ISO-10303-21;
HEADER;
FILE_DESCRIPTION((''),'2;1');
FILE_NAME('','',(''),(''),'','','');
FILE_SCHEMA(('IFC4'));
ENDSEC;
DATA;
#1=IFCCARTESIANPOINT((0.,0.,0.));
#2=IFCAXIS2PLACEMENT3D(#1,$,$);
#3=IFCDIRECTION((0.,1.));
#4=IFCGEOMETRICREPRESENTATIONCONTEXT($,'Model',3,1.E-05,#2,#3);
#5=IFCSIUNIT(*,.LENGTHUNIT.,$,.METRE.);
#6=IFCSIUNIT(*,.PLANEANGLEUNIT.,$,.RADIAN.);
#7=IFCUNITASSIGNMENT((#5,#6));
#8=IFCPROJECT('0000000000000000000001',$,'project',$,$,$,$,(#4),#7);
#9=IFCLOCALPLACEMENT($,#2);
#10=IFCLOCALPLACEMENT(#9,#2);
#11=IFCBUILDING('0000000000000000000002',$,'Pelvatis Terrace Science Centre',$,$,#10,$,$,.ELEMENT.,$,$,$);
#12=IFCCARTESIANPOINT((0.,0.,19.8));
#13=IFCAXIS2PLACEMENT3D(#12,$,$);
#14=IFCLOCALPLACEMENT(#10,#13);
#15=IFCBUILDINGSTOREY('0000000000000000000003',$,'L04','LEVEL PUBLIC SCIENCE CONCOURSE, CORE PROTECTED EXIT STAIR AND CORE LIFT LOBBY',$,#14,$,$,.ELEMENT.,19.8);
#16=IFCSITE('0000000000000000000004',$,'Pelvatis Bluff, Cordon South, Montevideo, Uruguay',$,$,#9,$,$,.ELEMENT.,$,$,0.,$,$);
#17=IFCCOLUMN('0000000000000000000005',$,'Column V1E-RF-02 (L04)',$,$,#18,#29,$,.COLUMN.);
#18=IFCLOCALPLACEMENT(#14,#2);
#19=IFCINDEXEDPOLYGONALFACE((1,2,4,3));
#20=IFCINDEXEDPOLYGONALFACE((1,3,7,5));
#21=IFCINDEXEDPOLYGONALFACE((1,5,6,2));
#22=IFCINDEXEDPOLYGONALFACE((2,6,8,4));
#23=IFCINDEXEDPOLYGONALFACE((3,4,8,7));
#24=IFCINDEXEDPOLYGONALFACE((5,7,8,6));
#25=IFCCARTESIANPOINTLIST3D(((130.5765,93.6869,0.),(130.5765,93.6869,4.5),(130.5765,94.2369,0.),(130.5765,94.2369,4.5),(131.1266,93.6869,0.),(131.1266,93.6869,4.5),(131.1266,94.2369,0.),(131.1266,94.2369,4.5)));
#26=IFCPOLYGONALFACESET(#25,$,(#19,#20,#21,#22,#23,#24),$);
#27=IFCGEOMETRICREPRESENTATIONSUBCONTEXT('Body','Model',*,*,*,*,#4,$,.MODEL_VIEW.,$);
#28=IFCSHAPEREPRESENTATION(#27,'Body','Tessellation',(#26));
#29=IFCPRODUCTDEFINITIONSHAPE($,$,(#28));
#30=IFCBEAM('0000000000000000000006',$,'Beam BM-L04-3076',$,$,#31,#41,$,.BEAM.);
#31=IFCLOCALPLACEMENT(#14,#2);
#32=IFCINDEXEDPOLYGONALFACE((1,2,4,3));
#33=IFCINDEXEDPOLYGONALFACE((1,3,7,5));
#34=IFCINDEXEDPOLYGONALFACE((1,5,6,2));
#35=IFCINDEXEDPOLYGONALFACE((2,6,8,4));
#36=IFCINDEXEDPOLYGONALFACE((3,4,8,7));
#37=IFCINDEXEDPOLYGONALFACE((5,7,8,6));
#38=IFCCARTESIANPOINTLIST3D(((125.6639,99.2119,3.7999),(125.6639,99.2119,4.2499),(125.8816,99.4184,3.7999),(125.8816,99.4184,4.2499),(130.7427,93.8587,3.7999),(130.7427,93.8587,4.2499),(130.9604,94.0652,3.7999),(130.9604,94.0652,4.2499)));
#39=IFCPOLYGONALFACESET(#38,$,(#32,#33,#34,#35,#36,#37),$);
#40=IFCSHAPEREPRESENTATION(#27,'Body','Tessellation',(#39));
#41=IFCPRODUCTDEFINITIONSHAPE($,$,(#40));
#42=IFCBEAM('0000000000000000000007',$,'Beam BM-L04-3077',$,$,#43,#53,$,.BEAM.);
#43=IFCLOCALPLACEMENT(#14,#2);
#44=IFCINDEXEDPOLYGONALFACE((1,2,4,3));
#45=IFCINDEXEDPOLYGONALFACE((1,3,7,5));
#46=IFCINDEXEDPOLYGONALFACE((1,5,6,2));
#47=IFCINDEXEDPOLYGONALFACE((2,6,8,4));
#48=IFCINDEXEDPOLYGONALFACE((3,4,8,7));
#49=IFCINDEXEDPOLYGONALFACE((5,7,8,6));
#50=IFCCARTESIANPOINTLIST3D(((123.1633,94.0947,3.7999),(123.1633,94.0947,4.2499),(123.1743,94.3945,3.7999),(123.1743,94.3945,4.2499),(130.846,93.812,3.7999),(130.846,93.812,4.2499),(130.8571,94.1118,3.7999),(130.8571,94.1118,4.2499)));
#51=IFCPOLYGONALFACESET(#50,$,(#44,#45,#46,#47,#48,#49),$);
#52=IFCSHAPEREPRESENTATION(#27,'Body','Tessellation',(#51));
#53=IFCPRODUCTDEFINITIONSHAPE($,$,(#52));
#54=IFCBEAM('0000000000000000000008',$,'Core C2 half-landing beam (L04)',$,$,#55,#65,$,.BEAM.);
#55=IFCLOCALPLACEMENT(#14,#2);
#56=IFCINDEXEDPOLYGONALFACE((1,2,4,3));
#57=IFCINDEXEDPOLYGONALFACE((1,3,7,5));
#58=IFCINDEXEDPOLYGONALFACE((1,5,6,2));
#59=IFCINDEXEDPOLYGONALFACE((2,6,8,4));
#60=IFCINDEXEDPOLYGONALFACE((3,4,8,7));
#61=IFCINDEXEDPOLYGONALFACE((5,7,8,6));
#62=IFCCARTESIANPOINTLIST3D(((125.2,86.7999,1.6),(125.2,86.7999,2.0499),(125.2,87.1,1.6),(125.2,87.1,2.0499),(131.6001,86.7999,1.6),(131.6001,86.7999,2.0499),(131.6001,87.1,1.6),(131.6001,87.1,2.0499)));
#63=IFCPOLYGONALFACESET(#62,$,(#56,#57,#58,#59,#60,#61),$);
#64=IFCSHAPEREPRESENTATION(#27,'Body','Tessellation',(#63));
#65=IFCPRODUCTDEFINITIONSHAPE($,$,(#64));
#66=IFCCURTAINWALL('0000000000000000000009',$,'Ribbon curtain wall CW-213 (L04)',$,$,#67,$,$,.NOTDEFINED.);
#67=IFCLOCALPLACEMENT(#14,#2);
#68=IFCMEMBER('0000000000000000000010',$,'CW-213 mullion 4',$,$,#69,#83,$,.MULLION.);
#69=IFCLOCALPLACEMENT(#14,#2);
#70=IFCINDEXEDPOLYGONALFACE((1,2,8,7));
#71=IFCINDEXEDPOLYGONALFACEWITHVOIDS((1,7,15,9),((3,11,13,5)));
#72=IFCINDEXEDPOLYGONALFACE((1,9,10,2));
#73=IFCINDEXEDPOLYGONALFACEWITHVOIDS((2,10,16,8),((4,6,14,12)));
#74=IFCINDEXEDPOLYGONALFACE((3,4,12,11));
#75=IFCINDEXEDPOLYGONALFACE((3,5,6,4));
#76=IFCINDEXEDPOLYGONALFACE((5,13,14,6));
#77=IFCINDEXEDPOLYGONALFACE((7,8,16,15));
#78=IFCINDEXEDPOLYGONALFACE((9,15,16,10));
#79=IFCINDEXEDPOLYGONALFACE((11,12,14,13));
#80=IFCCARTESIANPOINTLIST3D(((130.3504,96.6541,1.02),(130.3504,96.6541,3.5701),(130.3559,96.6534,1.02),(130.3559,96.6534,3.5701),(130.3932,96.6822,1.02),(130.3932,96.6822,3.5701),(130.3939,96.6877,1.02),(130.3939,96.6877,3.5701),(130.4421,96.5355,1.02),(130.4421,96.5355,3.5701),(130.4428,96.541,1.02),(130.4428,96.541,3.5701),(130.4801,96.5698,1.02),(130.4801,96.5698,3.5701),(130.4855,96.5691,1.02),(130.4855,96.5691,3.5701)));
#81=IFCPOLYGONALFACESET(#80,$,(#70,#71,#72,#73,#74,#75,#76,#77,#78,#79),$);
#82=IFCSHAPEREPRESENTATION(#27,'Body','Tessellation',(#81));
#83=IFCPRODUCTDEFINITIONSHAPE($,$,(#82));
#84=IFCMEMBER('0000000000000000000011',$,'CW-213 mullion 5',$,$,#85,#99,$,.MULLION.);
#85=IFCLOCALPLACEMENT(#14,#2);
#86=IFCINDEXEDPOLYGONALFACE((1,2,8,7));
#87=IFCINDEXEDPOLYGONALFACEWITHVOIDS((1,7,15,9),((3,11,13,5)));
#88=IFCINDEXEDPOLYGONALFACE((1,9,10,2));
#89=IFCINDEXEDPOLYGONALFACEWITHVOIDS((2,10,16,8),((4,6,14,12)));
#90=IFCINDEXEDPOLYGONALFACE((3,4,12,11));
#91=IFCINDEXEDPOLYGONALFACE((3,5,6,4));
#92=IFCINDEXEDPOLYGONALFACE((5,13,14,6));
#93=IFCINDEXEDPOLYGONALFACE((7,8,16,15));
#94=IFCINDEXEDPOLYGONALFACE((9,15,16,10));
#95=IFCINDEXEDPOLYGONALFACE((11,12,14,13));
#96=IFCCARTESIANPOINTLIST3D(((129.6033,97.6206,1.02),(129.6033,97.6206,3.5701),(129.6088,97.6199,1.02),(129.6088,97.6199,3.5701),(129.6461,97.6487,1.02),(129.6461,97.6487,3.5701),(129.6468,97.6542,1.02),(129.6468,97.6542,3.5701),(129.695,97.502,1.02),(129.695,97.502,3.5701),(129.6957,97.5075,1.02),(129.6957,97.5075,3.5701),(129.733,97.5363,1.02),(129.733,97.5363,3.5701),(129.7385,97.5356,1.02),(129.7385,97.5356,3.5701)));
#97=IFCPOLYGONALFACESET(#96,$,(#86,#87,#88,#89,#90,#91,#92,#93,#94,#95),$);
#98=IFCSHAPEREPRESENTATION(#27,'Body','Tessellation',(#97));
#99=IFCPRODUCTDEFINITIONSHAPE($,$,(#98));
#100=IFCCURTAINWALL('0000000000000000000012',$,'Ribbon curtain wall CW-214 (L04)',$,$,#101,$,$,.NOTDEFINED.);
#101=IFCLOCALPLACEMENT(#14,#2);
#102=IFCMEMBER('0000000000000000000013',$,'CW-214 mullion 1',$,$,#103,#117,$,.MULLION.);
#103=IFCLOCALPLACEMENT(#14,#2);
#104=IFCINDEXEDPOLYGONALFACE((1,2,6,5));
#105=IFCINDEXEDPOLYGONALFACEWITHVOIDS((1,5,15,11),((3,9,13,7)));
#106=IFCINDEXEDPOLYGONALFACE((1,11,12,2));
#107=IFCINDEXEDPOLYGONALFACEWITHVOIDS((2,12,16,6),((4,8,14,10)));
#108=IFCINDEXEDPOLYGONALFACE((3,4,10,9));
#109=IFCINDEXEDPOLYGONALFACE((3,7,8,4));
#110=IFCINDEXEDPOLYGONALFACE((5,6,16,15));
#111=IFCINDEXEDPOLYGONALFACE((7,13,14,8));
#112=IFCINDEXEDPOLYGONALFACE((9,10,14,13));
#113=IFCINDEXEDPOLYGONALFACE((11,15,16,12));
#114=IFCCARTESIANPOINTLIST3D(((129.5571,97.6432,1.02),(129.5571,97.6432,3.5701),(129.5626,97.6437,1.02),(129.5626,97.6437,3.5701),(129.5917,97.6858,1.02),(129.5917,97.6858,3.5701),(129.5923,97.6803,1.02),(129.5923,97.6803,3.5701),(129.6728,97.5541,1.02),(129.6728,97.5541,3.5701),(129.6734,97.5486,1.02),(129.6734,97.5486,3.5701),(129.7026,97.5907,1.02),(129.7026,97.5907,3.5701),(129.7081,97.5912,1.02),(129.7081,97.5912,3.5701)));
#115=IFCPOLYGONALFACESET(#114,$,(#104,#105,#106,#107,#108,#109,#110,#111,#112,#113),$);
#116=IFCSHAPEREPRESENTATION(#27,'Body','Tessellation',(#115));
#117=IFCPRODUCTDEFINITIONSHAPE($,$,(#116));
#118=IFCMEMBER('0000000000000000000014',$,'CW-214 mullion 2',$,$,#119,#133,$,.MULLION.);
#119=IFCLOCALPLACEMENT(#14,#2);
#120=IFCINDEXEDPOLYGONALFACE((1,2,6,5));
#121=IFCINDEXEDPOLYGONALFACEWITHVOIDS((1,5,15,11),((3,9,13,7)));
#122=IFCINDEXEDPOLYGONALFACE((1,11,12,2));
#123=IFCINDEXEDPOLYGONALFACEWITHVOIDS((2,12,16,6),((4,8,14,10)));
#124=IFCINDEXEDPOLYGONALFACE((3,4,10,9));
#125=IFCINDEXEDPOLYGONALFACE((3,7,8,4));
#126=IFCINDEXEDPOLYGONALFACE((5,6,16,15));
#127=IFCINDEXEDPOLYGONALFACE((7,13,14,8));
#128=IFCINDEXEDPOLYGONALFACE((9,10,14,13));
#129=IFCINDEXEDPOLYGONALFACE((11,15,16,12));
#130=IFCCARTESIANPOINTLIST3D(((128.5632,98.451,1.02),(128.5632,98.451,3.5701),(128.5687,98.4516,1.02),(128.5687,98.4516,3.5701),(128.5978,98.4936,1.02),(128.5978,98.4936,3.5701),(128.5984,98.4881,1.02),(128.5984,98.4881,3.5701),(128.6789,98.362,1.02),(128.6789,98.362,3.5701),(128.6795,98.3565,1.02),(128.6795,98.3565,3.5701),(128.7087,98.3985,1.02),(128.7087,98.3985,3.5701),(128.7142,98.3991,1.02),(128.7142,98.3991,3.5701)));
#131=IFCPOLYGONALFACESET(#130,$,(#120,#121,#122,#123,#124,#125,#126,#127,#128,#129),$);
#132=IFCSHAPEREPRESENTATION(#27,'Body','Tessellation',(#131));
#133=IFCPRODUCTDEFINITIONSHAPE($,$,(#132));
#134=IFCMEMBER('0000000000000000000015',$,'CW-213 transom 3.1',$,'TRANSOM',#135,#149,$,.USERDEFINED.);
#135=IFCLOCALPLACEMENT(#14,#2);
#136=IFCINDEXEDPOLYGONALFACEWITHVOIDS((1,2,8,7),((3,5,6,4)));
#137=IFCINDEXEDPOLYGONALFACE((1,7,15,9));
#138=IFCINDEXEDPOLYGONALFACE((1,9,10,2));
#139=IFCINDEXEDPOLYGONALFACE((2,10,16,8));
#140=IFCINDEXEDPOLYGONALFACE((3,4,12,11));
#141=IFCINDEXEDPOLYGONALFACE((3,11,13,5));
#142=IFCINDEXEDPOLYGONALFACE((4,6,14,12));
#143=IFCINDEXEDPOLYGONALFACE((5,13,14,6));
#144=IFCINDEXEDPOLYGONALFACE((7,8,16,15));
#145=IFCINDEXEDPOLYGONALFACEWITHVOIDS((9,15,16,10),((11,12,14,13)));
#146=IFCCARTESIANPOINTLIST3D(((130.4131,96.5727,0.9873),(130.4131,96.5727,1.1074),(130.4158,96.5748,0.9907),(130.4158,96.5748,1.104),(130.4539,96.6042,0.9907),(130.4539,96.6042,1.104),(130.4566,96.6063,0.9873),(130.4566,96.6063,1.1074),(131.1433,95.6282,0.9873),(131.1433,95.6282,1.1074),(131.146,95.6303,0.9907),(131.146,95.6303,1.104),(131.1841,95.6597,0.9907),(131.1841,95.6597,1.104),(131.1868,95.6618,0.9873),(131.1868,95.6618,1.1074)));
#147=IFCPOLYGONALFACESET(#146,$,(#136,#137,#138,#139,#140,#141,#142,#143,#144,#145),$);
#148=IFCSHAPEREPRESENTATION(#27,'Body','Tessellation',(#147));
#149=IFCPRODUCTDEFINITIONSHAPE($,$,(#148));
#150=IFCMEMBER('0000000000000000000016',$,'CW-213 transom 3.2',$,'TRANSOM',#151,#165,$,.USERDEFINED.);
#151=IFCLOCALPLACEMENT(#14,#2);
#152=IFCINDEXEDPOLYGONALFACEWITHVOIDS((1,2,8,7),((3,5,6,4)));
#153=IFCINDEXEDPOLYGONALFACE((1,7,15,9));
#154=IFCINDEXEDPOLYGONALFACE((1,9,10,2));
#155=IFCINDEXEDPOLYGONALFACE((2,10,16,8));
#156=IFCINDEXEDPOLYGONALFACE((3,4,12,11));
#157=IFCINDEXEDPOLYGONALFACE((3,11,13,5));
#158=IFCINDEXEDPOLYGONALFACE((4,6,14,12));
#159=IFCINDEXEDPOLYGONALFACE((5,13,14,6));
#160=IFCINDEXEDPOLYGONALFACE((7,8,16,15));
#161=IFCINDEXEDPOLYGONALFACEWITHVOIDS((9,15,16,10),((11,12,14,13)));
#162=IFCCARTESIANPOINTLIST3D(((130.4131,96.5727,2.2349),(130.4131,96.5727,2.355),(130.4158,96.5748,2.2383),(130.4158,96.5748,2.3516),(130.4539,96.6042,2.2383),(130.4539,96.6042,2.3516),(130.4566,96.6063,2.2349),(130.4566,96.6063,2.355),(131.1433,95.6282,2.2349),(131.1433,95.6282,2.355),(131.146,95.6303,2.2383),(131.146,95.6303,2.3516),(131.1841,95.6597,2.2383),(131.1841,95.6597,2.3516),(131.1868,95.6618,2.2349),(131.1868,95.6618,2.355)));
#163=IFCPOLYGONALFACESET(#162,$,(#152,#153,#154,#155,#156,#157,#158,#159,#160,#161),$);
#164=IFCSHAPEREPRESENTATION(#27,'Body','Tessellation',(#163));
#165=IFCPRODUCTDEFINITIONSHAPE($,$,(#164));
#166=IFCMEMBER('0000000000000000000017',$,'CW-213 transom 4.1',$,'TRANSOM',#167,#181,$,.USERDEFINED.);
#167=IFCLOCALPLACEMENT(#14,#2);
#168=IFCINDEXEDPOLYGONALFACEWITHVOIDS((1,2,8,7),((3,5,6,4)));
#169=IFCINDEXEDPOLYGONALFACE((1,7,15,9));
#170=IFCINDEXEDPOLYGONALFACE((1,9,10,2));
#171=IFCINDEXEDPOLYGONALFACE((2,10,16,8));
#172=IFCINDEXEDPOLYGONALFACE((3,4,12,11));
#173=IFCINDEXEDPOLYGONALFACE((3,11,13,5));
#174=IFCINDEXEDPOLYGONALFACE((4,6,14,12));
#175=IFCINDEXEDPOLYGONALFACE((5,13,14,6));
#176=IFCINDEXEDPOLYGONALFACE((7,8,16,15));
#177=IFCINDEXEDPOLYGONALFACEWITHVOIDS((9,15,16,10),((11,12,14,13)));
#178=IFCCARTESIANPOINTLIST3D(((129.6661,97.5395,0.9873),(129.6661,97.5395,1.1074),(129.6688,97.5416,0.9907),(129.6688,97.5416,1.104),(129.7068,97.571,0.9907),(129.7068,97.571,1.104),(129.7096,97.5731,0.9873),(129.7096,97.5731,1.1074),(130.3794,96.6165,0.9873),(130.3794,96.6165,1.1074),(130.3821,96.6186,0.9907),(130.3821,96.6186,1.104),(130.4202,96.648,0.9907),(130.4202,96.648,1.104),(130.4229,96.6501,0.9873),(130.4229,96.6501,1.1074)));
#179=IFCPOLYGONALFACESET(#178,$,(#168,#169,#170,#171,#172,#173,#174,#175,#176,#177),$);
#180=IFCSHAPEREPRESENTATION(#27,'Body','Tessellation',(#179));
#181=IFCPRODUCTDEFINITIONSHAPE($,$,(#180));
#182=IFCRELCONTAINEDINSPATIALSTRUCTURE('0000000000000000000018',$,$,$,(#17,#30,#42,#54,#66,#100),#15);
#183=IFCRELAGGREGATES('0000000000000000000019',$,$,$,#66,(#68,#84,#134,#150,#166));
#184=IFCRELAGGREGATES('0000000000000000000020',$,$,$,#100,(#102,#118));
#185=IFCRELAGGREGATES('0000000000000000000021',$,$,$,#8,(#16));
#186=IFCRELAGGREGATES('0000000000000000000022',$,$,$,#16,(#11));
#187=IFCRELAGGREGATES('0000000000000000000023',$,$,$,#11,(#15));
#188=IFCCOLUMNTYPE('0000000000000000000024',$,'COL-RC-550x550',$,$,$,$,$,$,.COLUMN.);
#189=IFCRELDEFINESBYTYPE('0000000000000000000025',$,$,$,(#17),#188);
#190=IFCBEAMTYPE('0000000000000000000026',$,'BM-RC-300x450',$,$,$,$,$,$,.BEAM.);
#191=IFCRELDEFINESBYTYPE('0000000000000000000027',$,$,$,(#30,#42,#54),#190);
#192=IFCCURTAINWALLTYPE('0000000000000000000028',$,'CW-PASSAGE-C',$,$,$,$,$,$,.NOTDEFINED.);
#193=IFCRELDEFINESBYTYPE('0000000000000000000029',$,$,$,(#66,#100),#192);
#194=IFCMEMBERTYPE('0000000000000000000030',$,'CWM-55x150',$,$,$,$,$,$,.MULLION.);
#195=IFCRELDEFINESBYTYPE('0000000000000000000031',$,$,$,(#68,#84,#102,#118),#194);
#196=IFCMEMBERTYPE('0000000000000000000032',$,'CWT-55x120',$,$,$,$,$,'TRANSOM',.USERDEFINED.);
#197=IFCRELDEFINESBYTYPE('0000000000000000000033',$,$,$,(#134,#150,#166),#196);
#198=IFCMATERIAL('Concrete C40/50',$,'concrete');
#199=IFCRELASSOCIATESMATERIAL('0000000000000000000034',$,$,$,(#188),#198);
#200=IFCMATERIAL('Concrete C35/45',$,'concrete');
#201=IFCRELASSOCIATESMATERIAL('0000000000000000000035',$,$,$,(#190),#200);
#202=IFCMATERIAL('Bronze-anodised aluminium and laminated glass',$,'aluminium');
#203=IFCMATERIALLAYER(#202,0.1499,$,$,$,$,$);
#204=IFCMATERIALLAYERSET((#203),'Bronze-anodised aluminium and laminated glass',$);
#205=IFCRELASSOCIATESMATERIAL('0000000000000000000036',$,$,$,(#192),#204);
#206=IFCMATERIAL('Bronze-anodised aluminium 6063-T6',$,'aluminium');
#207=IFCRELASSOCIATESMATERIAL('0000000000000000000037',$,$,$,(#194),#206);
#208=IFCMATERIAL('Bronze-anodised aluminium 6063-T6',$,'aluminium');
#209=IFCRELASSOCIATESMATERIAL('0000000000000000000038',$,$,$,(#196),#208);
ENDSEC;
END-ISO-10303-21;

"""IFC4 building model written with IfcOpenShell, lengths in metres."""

from ifc_helpers import new_model, si_unit, direction, frame, origin, origin_2d, place, context, subcontext, project, spatial, rectangle, hollow_rectangle, extrude, material, layer, layer_set, material_profile, profile_set, type_object, element, aggregate, save


model = new_model("IFC4")

# Units and contexts
model_context = context("Model", 3, precision=1e-05, world=origin(), true_north=direction((0.0, 1.0)))
body_context = subcontext(model_context, "Body", "Model", "MODEL_VIEW")
ifc_project = project(units=[si_unit("LENGTHUNIT", "METRE"), si_unit("PLANEANGLEUNIT", "RADIAN")], contexts=[model_context])

# Site, building, storey
site_placement = place(None, origin())
site = spatial("IfcSite", under=ifc_project, at=site_placement, Name="Pelvatis Bluff, Cordon South, Montevideo, Uruguay", CompositionType="ELEMENT", RefElevation=0.0)
building_placement = place(site_placement, origin())
building = spatial("IfcBuilding", under=site, at=building_placement, Name="Pelvatis Terrace Science Centre", CompositionType="ELEMENT")
storey_placement = place(building_placement, frame((0.0, 0.0, 19.8)))
storey = spatial("IfcBuildingStorey", under=building, at=storey_placement, Name="L04", Description="LEVEL PUBLIC SCIENCE CONCOURSE, CORE PROTECTED EXIT STAIR AND CORE LIFT LOBBY", CompositionType="ELEMENT", Elevation=19.8)

# Column
ifc_material_1 = material(Name="Concrete C40/50", Category="concrete")
ifc_material_profile_1 = material_profile(ifc_material_1, rectangle(XDim=0.55, YDim=0.55, at=origin_2d()), Name="RC-COL 550x550")
ifc_profile_set_1 = profile_set([ifc_material_profile_1], Name="Concrete C40/50")
column_type = type_object("IfcColumnType", Name="COL-RC-550x550", PredefinedType="COLUMN", material=ifc_profile_set_1)
column_placement = place(storey_placement, frame((130.8516, 93.9619, 0.0), z_axis=(0.0, 0.0, 1.0), x_axis=(1.0, 0.0, 0.0)))
element("IfcColumn", 1, at=column_placement, inside=storey, type_object=column_type, Name="Column V1E-RF-02 (L04)", PredefinedType="COLUMN", context=body_context, shape_type="SweptSolid", body=[
    extrude(rectangle(XDim=0.55, YDim=0.55, at=origin_2d()), origin(), (0.0, 0.0, 1.0), 4.5),
])

# Beams
ifc_material_2 = material(Name="Concrete C35/45", Category="concrete")
ifc_material_profile_2 = material_profile(ifc_material_2, rectangle(XDim=0.3, YDim=0.45, at=origin_2d()), Name="RC-BM 300x450")
ifc_profile_set_2 = profile_set([ifc_material_profile_2], Name="Concrete C35/45")
beam_type = type_object("IfcBeamType", Name="BM-RC-300x450", PredefinedType="BEAM", material=ifc_profile_set_2)
beam_1_placement = place(storey_placement, frame((130.8516, 93.9619, 4.0249), z_axis=(-0.688268, 0.725456, 0.0), x_axis=(-0.725456, -0.688268, 0.0)))
element("IfcBeam", 2, at=beam_1_placement, inside=storey, type_object=beam_type, Name="Beam BM-L04-3076", PredefinedType="BEAM", context=body_context, shape_type="SweptSolid", body=[
    extrude(rectangle(XDim=0.3, YDim=0.45, at=origin_2d()), origin(), (0.0, 0.0, 1.0), 7.3792),
])
beam_2_placement = place(storey_placement, frame((130.8516, 93.9619, 4.0249), z_axis=(-0.999324, 0.036773, 0.0), x_axis=(-0.036773, -0.999324, 0.0)))
element("IfcBeam", 3, at=beam_2_placement, inside=storey, type_object=beam_type, Name="Beam BM-L04-3077", PredefinedType="BEAM", context=body_context, shape_type="SweptSolid", body=[
    extrude(rectangle(XDim=0.3, YDim=0.45, at=origin_2d()), origin(), (0.0, 0.0, 1.0), 7.688),
])
beam_3_placement = place(storey_placement, frame((125.2, 86.95, 1.825), z_axis=(1.0, 0.0, 0.0), x_axis=(0.0, 1.0, 0.0)))
element("IfcBeam", 4, at=beam_3_placement, inside=storey, type_object=beam_type, Name="Core C2 half-landing beam (L04)", PredefinedType="BEAM", context=body_context, shape_type="SweptSolid", body=[
    extrude(rectangle(XDim=0.3, YDim=0.45, at=origin_2d()), origin(), (0.0, 0.0, 1.0), 6.4001),
])

# Curtain walls, members
ifc_material_3 = material(Name="Bronze-anodised aluminium and laminated glass", Category="aluminium")
ifc_layer_1 = layer(ifc_material_3, 0.1499)
ifc_layer_set_1 = layer_set([ifc_layer_1], Name="Bronze-anodised aluminium and laminated glass")
curtain_wall_type = type_object("IfcCurtainWallType", Name="CW-PASSAGE-C", PredefinedType="NOTDEFINED", material=ifc_layer_set_1)
curtain_wall_1_placement = place(storey_placement, origin())
curtain_wall_1 = element("IfcCurtainWall", 5, at=curtain_wall_1_placement, inside=storey, type_object=curtain_wall_type, Name="Ribbon curtain wall CW-213 (L04)", PredefinedType="NOTDEFINED")
ifc_material_4 = material(Name="Bronze-anodised aluminium 6063-T6", Category="aluminium")
ifc_material_profile_3 = material_profile(ifc_material_4, hollow_rectangle(XDim=0.0549, YDim=0.1499, WallThickness=0.0039, at=origin_2d()), Name="ALU-MUL 55x150")
ifc_profile_set_3 = profile_set([ifc_material_profile_3], Name="Bronze-anodised aluminium 6063-T6")
member_type_1 = type_object("IfcMemberType", Name="CWM-55x150", PredefinedType="MULLION", material=ifc_profile_set_3)
member_1_placement = place(storey_placement, frame((130.418, 96.6116, 1.02), z_axis=(0.0, 0.0, 1.0), x_axis=(-0.791181, -0.611582, 0.0)))
member_1 = element("IfcMember", 6, at=member_1_placement, type_object=member_type_1, Name="CW-213 mullion 4", PredefinedType="MULLION", context=body_context, shape_type="SweptSolid", body=[
    extrude(hollow_rectangle(XDim=0.0549, YDim=0.1499, WallThickness=0.0039, at=origin_2d()), origin(), (0.0, 0.0, 1.0), 2.55),
])
member_2_placement = place(storey_placement, frame((129.6709, 97.5781, 1.02), z_axis=(0.0, 0.0, 1.0), x_axis=(-0.791181, -0.611582, 0.0)))
member_2 = element("IfcMember", 7, at=member_2_placement, type_object=member_type_1, Name="CW-213 mullion 5", PredefinedType="MULLION", context=body_context, shape_type="SweptSolid", body=[
    extrude(hollow_rectangle(XDim=0.0549, YDim=0.1499, WallThickness=0.0039, at=origin_2d()), origin(), (0.0, 0.0, 1.0), 2.55),
])
curtain_wall_2_placement = place(storey_placement, origin())
curtain_wall_2 = element("IfcCurtainWall", 8, at=curtain_wall_2_placement, inside=storey, type_object=curtain_wall_type, Name="Ribbon curtain wall CW-214 (L04)", PredefinedType="NOTDEFINED")
member_3_placement = place(storey_placement, frame((129.6326, 97.6172, 1.02), z_axis=(0.0, 0.0, 1.0), x_axis=(-0.630757, -0.77598, 0.0)))
member_3 = element("IfcMember", 9, at=member_3_placement, type_object=member_type_1, Name="CW-214 mullion 1", PredefinedType="MULLION", context=body_context, shape_type="SweptSolid", body=[
    extrude(hollow_rectangle(XDim=0.0549, YDim=0.1499, WallThickness=0.0039, at=origin_2d()), origin(), (0.0, 0.0, 1.0), 2.55),
])
member_4_placement = place(storey_placement, frame((128.6387, 98.425, 1.02), z_axis=(0.0, 0.0, 1.0), x_axis=(-0.630757, -0.77598, 0.0)))
member_4 = element("IfcMember", 10, at=member_4_placement, type_object=member_type_1, Name="CW-214 mullion 2", PredefinedType="MULLION", context=body_context, shape_type="SweptSolid", body=[
    extrude(hollow_rectangle(XDim=0.0549, YDim=0.1499, WallThickness=0.0039, at=origin_2d()), origin(), (0.0, 0.0, 1.0), 2.55),
])

# Members
ifc_material_5 = material(Name="Bronze-anodised aluminium 6063-T6", Category="aluminium")
ifc_material_profile_4 = material_profile(ifc_material_5, hollow_rectangle(XDim=0.0549, YDim=0.1201, WallThickness=0.0034, at=origin_2d()), Name="ALU-TRN 55x120")
ifc_profile_set_4 = profile_set([ifc_material_profile_4], Name="Bronze-anodised aluminium 6063-T6")
member_type_2 = type_object("IfcMemberType", Name="CWT-55x120", ElementType="TRANSOM", PredefinedType="USERDEFINED", material=ifc_profile_set_4)
member_5_placement = place(storey_placement, frame((131.165, 95.645, 1.0474), z_axis=(-0.611616, 0.791155, 0.0), x_axis=(-0.791155, -0.611616, 0.0)))
member_5 = element("IfcMember", 11, at=member_5_placement, type_object=member_type_2, Name="CW-213 transom 3.1", ObjectType="TRANSOM", PredefinedType="USERDEFINED", context=body_context, shape_type="SweptSolid", body=[
    extrude(hollow_rectangle(XDim=0.0549, YDim=0.1201, WallThickness=0.0034, at=origin_2d()), origin(), (0.0, 0.0, 1.0), 1.1938),
])
member_6_placement = place(storey_placement, frame((131.165, 95.645, 2.2949), z_axis=(-0.611616, 0.791155, 0.0), x_axis=(-0.791155, -0.611616, 0.0)))
member_6 = element("IfcMember", 12, at=member_6_placement, type_object=member_type_2, Name="CW-213 transom 3.2", ObjectType="TRANSOM", PredefinedType="USERDEFINED", context=body_context, shape_type="SweptSolid", body=[
    extrude(hollow_rectangle(XDim=0.0549, YDim=0.1201, WallThickness=0.0034, at=origin_2d()), origin(), (0.0, 0.0, 1.0), 1.1938),
])
member_7_placement = place(storey_placement, frame((130.4011, 96.6333, 1.0474), z_axis=(-0.611489, 0.791253, 0.0), x_axis=(-0.791253, -0.611489, 0.0)))
member_7 = element("IfcMember", 13, at=member_7_placement, type_object=member_type_2, Name="CW-213 transom 4.1", ObjectType="TRANSOM", PredefinedType="USERDEFINED", context=body_context, shape_type="SweptSolid", body=[
    extrude(hollow_rectangle(XDim=0.0549, YDim=0.1201, WallThickness=0.0034, at=origin_2d()), origin(), (0.0, 0.0, 1.0), 1.1665),
])

aggregate(curtain_wall_1, [member_1, member_2, member_5, member_6, member_7])
aggregate(curtain_wall_2, [member_3, member_4])

save(model, "model.ifc")
